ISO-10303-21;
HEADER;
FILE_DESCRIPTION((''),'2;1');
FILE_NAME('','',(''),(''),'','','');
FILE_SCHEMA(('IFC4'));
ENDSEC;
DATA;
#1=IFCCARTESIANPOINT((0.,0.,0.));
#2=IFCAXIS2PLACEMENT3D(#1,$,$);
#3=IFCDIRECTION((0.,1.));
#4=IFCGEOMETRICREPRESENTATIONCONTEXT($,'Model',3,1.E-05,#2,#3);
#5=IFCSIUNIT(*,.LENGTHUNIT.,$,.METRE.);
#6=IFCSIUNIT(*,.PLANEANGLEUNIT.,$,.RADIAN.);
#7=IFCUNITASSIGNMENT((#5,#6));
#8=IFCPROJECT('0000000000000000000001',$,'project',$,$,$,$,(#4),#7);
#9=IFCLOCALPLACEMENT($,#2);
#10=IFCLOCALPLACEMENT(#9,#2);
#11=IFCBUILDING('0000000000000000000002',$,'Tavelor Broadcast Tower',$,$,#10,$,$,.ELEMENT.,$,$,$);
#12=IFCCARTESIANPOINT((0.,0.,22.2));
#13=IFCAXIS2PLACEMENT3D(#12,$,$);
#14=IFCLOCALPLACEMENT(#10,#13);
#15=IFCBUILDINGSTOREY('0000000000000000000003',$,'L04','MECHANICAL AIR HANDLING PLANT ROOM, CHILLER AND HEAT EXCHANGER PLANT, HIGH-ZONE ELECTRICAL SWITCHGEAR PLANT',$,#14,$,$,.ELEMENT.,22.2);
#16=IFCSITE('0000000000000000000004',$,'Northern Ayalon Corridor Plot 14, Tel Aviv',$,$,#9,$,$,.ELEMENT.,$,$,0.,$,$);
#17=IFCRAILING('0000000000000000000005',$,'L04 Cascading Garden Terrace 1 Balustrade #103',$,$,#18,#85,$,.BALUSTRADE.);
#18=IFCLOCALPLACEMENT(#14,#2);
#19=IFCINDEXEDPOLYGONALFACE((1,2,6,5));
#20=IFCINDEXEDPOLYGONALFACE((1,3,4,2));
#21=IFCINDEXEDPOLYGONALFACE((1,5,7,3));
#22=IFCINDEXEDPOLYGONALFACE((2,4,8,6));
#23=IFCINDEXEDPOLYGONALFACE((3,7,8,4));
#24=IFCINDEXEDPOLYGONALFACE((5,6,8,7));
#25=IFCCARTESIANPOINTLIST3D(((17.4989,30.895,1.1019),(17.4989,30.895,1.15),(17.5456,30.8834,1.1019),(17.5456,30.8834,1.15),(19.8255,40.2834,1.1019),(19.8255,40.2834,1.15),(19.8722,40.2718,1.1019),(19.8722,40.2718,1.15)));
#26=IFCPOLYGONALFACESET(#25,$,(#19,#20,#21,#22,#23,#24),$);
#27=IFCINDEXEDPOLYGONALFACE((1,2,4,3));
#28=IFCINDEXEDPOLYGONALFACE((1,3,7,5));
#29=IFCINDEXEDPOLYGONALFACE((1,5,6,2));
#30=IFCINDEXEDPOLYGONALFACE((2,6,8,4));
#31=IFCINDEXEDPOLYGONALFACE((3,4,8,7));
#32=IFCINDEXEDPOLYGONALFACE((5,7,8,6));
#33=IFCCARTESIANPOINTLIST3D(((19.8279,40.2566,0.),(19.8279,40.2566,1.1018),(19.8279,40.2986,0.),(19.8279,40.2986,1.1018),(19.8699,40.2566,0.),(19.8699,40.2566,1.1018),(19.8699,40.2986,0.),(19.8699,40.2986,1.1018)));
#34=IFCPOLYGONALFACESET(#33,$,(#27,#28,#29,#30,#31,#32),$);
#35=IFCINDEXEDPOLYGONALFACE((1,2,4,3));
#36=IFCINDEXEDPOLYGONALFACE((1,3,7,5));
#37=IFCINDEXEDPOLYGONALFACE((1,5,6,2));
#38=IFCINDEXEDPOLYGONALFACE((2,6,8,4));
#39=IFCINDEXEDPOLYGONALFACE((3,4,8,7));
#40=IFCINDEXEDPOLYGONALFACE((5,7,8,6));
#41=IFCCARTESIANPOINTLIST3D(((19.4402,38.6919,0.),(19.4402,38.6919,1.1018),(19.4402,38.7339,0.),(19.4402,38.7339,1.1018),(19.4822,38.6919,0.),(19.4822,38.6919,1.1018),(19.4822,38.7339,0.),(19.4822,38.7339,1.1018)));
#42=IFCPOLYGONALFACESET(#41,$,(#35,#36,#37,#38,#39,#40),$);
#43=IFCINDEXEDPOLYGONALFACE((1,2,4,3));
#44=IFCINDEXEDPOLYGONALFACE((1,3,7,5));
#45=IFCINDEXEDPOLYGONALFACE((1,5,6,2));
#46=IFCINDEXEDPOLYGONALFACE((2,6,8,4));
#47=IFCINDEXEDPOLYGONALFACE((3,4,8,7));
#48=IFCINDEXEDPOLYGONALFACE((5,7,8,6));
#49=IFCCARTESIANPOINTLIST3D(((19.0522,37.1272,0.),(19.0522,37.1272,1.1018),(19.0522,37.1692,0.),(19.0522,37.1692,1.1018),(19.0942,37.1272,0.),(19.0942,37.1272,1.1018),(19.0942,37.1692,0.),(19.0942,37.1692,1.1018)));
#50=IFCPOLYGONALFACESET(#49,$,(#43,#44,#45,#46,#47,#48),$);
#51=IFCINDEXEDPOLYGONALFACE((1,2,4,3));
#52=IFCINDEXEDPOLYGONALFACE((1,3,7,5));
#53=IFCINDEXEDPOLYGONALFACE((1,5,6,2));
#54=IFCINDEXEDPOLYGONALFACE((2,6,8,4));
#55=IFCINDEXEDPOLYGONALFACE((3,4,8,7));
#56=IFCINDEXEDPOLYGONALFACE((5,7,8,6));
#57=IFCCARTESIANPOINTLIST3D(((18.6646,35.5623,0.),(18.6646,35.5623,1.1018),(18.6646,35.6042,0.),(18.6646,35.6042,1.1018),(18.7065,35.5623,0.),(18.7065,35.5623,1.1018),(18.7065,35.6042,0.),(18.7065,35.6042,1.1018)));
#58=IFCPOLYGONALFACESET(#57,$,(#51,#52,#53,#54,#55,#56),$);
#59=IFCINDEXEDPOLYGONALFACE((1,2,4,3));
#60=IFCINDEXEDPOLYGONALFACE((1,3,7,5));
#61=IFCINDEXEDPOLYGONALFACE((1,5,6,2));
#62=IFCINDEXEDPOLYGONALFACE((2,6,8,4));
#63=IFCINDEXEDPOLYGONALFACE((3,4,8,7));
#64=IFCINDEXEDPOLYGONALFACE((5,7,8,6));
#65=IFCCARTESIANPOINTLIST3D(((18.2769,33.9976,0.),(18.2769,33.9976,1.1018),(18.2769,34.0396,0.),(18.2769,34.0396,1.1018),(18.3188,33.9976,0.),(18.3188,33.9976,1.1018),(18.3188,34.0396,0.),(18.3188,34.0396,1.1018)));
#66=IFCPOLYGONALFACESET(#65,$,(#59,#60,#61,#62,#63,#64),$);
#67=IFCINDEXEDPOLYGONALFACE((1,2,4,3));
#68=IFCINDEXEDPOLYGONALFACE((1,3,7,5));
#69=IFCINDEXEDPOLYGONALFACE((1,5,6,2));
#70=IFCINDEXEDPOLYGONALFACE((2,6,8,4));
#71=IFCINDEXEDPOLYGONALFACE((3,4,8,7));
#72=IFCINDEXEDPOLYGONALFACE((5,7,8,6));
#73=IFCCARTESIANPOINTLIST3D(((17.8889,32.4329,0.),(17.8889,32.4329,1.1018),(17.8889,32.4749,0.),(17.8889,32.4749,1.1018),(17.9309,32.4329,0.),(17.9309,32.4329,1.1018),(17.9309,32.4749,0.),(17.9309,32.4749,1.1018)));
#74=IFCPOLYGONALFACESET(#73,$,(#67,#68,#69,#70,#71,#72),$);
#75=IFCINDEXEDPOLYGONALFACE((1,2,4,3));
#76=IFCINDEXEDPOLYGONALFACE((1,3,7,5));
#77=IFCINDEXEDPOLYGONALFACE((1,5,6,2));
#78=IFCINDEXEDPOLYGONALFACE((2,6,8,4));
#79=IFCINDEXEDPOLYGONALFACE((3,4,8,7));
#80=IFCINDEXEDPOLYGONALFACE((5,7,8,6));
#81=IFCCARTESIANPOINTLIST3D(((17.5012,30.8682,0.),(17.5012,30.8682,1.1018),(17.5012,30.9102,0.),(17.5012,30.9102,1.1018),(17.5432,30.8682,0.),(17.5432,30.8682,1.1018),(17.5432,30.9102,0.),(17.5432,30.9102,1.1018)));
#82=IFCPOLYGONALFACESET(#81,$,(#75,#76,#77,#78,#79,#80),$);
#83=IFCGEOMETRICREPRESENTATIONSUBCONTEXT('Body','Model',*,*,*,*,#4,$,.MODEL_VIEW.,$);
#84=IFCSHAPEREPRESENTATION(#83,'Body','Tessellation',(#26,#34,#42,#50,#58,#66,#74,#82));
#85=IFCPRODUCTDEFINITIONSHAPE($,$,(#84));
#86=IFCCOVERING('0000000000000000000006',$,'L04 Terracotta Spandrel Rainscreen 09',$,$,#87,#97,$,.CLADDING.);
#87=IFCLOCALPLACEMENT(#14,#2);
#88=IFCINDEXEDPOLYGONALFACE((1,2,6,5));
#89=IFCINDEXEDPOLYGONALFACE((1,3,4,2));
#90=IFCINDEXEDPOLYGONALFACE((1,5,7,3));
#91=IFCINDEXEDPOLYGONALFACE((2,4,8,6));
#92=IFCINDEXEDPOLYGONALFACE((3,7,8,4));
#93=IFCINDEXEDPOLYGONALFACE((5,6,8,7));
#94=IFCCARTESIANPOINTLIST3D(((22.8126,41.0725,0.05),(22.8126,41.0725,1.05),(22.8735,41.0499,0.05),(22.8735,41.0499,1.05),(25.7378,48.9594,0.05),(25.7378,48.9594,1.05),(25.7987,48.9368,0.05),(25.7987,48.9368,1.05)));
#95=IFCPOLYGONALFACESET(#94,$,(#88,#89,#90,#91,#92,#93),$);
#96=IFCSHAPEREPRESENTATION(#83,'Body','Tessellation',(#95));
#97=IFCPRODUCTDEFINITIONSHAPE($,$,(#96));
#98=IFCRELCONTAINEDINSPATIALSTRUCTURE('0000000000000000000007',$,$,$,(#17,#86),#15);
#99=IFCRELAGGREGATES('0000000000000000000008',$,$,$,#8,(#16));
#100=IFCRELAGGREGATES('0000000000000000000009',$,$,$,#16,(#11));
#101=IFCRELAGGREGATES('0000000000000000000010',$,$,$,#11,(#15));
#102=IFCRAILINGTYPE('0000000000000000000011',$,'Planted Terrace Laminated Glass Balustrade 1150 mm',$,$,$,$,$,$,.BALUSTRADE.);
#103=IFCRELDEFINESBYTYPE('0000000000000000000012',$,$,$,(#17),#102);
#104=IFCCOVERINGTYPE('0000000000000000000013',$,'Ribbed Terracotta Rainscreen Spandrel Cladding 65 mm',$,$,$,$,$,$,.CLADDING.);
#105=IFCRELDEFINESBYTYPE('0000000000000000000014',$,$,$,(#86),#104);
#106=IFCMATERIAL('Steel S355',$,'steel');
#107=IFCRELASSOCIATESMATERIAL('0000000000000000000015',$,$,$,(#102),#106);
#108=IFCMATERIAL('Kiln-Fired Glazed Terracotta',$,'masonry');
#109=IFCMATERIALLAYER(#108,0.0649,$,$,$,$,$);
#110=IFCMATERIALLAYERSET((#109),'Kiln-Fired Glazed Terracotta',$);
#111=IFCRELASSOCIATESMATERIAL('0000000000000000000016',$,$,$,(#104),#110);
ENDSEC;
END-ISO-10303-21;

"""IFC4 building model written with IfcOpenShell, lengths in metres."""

from ifc_helpers import new_model, si_unit, direction, frame, origin, origin_2d, place, context, subcontext, project, spatial, rectangle, extrude, material, layer, layer_set, type_object, element, save


model = new_model("IFC4")

# Units and contexts
model_context = context("Model", 3, precision=1e-05, world=origin(), true_north=direction((0.0, 1.0)))
body_context = subcontext(model_context, "Body", "Model", "MODEL_VIEW")
ifc_project = project(units=[si_unit("LENGTHUNIT", "METRE"), si_unit("PLANEANGLEUNIT", "RADIAN")], contexts=[model_context])

# Site, building, storey
site_placement = place(None, origin())
site = spatial("IfcSite", under=ifc_project, at=site_placement, Name="Northern Ayalon Corridor Plot 14, Tel Aviv", CompositionType="ELEMENT", RefElevation=0.0)
building_placement = place(site_placement, origin())
building = spatial("IfcBuilding", under=site, at=building_placement, Name="Tavelor Broadcast Tower", CompositionType="ELEMENT")
storey_placement = place(building_placement, frame((0.0, 0.0, 22.2)))
storey = spatial("IfcBuildingStorey", under=building, at=storey_placement, Name="L04", Description="MECHANICAL AIR HANDLING PLANT ROOM, CHILLER AND HEAT EXCHANGER PLANT, HIGH-ZONE ELECTRICAL SWITCHGEAR PLANT", CompositionType="ELEMENT", Elevation=22.2)

# Shared definitions
ifc_material_1 = material(Name="Steel S355", Category="steel")

# Railing
railing_type = type_object("IfcRailingType", Name="Planted Terrace Laminated Glass Balustrade 1150 mm", PredefinedType="BALUSTRADE", material=ifc_material_1)
railing_1_placement = place(storey_placement, frame((19.8489, 40.2776, 0.0)))
element("IfcRailing", 1, at=railing_1_placement, inside=storey, type_object=railing_type, Name="L04 Cascading Garden Terrace 1 Balustrade #103", PredefinedType="BALUSTRADE", context=body_context, shape_type="SweptSolid", body=[
    extrude(rectangle(XDim=0.0481, YDim=0.0481, at=origin_2d()), frame((0.0, 0.0, 1.126), z_axis=(-0.240546, -0.970638, 0.0), x_axis=(0.970638, -0.240546, 0.0)), (0.0, 0.0, 1.0), 9.6724),
    extrude(rectangle(XDim=0.042, YDim=0.042, at=origin_2d()), origin(), (0.0, 0.0, 1.0), 1.1018),
    extrude(rectangle(XDim=0.042, YDim=0.042, at=origin_2d()), frame((-0.3877, -1.5647, 0.0)), (0.0, 0.0, 1.0), 1.1018),
    extrude(rectangle(XDim=0.042, YDim=0.042, at=origin_2d()), frame((-0.7756, -3.1294, 0.0)), (0.0, 0.0, 1.0), 1.1018),
    extrude(rectangle(XDim=0.042, YDim=0.042, at=origin_2d()), frame((-1.1633, -4.6943, 0.0)), (0.0, 0.0, 1.0), 1.1018),
    extrude(rectangle(XDim=0.042, YDim=0.042, at=origin_2d()), frame((-1.551, -6.259, 0.0)), (0.0, 0.0, 1.0), 1.1018),
    extrude(rectangle(XDim=0.042, YDim=0.042, at=origin_2d()), frame((-1.939, -7.8237, 0.0)), (0.0, 0.0, 1.0), 1.1018),
    extrude(rectangle(XDim=0.042, YDim=0.042, at=origin_2d()), frame((-2.3267, -9.3884, 0.0)), (0.0, 0.0, 1.0), 1.1018),
])

# Covering
ifc_material_2 = material(Name="Kiln-Fired Glazed Terracotta", Category="masonry")
ifc_layer_1 = layer(ifc_material_2, 0.0649)
ifc_layer_set_1 = layer_set([ifc_layer_1], Name="Kiln-Fired Glazed Terracotta")
covering_type = type_object("IfcCoveringType", Name="Ribbed Terracotta Rainscreen Spandrel Cladding 65 mm", PredefinedType="CLADDING", material=ifc_layer_set_1)
covering_placement = place(storey_placement, frame((24.3057, 45.0046, 0.05), z_axis=(0.0, 0.0, 1.0), x_axis=(-0.347754, -0.937586, 0.0)))
element("IfcCovering", 2, at=covering_placement, inside=storey, type_object=covering_type, Name="L04 Terracotta Spandrel Rainscreen 09", PredefinedType="CLADDING", context=body_context, shape_type="SweptSolid", body=[
    extrude(rectangle(XDim=8.4119, YDim=0.0649, at=origin_2d()), origin(), (0.0, 0.0, 1.0), 1.0),
])

save(model, "model.ifc")
